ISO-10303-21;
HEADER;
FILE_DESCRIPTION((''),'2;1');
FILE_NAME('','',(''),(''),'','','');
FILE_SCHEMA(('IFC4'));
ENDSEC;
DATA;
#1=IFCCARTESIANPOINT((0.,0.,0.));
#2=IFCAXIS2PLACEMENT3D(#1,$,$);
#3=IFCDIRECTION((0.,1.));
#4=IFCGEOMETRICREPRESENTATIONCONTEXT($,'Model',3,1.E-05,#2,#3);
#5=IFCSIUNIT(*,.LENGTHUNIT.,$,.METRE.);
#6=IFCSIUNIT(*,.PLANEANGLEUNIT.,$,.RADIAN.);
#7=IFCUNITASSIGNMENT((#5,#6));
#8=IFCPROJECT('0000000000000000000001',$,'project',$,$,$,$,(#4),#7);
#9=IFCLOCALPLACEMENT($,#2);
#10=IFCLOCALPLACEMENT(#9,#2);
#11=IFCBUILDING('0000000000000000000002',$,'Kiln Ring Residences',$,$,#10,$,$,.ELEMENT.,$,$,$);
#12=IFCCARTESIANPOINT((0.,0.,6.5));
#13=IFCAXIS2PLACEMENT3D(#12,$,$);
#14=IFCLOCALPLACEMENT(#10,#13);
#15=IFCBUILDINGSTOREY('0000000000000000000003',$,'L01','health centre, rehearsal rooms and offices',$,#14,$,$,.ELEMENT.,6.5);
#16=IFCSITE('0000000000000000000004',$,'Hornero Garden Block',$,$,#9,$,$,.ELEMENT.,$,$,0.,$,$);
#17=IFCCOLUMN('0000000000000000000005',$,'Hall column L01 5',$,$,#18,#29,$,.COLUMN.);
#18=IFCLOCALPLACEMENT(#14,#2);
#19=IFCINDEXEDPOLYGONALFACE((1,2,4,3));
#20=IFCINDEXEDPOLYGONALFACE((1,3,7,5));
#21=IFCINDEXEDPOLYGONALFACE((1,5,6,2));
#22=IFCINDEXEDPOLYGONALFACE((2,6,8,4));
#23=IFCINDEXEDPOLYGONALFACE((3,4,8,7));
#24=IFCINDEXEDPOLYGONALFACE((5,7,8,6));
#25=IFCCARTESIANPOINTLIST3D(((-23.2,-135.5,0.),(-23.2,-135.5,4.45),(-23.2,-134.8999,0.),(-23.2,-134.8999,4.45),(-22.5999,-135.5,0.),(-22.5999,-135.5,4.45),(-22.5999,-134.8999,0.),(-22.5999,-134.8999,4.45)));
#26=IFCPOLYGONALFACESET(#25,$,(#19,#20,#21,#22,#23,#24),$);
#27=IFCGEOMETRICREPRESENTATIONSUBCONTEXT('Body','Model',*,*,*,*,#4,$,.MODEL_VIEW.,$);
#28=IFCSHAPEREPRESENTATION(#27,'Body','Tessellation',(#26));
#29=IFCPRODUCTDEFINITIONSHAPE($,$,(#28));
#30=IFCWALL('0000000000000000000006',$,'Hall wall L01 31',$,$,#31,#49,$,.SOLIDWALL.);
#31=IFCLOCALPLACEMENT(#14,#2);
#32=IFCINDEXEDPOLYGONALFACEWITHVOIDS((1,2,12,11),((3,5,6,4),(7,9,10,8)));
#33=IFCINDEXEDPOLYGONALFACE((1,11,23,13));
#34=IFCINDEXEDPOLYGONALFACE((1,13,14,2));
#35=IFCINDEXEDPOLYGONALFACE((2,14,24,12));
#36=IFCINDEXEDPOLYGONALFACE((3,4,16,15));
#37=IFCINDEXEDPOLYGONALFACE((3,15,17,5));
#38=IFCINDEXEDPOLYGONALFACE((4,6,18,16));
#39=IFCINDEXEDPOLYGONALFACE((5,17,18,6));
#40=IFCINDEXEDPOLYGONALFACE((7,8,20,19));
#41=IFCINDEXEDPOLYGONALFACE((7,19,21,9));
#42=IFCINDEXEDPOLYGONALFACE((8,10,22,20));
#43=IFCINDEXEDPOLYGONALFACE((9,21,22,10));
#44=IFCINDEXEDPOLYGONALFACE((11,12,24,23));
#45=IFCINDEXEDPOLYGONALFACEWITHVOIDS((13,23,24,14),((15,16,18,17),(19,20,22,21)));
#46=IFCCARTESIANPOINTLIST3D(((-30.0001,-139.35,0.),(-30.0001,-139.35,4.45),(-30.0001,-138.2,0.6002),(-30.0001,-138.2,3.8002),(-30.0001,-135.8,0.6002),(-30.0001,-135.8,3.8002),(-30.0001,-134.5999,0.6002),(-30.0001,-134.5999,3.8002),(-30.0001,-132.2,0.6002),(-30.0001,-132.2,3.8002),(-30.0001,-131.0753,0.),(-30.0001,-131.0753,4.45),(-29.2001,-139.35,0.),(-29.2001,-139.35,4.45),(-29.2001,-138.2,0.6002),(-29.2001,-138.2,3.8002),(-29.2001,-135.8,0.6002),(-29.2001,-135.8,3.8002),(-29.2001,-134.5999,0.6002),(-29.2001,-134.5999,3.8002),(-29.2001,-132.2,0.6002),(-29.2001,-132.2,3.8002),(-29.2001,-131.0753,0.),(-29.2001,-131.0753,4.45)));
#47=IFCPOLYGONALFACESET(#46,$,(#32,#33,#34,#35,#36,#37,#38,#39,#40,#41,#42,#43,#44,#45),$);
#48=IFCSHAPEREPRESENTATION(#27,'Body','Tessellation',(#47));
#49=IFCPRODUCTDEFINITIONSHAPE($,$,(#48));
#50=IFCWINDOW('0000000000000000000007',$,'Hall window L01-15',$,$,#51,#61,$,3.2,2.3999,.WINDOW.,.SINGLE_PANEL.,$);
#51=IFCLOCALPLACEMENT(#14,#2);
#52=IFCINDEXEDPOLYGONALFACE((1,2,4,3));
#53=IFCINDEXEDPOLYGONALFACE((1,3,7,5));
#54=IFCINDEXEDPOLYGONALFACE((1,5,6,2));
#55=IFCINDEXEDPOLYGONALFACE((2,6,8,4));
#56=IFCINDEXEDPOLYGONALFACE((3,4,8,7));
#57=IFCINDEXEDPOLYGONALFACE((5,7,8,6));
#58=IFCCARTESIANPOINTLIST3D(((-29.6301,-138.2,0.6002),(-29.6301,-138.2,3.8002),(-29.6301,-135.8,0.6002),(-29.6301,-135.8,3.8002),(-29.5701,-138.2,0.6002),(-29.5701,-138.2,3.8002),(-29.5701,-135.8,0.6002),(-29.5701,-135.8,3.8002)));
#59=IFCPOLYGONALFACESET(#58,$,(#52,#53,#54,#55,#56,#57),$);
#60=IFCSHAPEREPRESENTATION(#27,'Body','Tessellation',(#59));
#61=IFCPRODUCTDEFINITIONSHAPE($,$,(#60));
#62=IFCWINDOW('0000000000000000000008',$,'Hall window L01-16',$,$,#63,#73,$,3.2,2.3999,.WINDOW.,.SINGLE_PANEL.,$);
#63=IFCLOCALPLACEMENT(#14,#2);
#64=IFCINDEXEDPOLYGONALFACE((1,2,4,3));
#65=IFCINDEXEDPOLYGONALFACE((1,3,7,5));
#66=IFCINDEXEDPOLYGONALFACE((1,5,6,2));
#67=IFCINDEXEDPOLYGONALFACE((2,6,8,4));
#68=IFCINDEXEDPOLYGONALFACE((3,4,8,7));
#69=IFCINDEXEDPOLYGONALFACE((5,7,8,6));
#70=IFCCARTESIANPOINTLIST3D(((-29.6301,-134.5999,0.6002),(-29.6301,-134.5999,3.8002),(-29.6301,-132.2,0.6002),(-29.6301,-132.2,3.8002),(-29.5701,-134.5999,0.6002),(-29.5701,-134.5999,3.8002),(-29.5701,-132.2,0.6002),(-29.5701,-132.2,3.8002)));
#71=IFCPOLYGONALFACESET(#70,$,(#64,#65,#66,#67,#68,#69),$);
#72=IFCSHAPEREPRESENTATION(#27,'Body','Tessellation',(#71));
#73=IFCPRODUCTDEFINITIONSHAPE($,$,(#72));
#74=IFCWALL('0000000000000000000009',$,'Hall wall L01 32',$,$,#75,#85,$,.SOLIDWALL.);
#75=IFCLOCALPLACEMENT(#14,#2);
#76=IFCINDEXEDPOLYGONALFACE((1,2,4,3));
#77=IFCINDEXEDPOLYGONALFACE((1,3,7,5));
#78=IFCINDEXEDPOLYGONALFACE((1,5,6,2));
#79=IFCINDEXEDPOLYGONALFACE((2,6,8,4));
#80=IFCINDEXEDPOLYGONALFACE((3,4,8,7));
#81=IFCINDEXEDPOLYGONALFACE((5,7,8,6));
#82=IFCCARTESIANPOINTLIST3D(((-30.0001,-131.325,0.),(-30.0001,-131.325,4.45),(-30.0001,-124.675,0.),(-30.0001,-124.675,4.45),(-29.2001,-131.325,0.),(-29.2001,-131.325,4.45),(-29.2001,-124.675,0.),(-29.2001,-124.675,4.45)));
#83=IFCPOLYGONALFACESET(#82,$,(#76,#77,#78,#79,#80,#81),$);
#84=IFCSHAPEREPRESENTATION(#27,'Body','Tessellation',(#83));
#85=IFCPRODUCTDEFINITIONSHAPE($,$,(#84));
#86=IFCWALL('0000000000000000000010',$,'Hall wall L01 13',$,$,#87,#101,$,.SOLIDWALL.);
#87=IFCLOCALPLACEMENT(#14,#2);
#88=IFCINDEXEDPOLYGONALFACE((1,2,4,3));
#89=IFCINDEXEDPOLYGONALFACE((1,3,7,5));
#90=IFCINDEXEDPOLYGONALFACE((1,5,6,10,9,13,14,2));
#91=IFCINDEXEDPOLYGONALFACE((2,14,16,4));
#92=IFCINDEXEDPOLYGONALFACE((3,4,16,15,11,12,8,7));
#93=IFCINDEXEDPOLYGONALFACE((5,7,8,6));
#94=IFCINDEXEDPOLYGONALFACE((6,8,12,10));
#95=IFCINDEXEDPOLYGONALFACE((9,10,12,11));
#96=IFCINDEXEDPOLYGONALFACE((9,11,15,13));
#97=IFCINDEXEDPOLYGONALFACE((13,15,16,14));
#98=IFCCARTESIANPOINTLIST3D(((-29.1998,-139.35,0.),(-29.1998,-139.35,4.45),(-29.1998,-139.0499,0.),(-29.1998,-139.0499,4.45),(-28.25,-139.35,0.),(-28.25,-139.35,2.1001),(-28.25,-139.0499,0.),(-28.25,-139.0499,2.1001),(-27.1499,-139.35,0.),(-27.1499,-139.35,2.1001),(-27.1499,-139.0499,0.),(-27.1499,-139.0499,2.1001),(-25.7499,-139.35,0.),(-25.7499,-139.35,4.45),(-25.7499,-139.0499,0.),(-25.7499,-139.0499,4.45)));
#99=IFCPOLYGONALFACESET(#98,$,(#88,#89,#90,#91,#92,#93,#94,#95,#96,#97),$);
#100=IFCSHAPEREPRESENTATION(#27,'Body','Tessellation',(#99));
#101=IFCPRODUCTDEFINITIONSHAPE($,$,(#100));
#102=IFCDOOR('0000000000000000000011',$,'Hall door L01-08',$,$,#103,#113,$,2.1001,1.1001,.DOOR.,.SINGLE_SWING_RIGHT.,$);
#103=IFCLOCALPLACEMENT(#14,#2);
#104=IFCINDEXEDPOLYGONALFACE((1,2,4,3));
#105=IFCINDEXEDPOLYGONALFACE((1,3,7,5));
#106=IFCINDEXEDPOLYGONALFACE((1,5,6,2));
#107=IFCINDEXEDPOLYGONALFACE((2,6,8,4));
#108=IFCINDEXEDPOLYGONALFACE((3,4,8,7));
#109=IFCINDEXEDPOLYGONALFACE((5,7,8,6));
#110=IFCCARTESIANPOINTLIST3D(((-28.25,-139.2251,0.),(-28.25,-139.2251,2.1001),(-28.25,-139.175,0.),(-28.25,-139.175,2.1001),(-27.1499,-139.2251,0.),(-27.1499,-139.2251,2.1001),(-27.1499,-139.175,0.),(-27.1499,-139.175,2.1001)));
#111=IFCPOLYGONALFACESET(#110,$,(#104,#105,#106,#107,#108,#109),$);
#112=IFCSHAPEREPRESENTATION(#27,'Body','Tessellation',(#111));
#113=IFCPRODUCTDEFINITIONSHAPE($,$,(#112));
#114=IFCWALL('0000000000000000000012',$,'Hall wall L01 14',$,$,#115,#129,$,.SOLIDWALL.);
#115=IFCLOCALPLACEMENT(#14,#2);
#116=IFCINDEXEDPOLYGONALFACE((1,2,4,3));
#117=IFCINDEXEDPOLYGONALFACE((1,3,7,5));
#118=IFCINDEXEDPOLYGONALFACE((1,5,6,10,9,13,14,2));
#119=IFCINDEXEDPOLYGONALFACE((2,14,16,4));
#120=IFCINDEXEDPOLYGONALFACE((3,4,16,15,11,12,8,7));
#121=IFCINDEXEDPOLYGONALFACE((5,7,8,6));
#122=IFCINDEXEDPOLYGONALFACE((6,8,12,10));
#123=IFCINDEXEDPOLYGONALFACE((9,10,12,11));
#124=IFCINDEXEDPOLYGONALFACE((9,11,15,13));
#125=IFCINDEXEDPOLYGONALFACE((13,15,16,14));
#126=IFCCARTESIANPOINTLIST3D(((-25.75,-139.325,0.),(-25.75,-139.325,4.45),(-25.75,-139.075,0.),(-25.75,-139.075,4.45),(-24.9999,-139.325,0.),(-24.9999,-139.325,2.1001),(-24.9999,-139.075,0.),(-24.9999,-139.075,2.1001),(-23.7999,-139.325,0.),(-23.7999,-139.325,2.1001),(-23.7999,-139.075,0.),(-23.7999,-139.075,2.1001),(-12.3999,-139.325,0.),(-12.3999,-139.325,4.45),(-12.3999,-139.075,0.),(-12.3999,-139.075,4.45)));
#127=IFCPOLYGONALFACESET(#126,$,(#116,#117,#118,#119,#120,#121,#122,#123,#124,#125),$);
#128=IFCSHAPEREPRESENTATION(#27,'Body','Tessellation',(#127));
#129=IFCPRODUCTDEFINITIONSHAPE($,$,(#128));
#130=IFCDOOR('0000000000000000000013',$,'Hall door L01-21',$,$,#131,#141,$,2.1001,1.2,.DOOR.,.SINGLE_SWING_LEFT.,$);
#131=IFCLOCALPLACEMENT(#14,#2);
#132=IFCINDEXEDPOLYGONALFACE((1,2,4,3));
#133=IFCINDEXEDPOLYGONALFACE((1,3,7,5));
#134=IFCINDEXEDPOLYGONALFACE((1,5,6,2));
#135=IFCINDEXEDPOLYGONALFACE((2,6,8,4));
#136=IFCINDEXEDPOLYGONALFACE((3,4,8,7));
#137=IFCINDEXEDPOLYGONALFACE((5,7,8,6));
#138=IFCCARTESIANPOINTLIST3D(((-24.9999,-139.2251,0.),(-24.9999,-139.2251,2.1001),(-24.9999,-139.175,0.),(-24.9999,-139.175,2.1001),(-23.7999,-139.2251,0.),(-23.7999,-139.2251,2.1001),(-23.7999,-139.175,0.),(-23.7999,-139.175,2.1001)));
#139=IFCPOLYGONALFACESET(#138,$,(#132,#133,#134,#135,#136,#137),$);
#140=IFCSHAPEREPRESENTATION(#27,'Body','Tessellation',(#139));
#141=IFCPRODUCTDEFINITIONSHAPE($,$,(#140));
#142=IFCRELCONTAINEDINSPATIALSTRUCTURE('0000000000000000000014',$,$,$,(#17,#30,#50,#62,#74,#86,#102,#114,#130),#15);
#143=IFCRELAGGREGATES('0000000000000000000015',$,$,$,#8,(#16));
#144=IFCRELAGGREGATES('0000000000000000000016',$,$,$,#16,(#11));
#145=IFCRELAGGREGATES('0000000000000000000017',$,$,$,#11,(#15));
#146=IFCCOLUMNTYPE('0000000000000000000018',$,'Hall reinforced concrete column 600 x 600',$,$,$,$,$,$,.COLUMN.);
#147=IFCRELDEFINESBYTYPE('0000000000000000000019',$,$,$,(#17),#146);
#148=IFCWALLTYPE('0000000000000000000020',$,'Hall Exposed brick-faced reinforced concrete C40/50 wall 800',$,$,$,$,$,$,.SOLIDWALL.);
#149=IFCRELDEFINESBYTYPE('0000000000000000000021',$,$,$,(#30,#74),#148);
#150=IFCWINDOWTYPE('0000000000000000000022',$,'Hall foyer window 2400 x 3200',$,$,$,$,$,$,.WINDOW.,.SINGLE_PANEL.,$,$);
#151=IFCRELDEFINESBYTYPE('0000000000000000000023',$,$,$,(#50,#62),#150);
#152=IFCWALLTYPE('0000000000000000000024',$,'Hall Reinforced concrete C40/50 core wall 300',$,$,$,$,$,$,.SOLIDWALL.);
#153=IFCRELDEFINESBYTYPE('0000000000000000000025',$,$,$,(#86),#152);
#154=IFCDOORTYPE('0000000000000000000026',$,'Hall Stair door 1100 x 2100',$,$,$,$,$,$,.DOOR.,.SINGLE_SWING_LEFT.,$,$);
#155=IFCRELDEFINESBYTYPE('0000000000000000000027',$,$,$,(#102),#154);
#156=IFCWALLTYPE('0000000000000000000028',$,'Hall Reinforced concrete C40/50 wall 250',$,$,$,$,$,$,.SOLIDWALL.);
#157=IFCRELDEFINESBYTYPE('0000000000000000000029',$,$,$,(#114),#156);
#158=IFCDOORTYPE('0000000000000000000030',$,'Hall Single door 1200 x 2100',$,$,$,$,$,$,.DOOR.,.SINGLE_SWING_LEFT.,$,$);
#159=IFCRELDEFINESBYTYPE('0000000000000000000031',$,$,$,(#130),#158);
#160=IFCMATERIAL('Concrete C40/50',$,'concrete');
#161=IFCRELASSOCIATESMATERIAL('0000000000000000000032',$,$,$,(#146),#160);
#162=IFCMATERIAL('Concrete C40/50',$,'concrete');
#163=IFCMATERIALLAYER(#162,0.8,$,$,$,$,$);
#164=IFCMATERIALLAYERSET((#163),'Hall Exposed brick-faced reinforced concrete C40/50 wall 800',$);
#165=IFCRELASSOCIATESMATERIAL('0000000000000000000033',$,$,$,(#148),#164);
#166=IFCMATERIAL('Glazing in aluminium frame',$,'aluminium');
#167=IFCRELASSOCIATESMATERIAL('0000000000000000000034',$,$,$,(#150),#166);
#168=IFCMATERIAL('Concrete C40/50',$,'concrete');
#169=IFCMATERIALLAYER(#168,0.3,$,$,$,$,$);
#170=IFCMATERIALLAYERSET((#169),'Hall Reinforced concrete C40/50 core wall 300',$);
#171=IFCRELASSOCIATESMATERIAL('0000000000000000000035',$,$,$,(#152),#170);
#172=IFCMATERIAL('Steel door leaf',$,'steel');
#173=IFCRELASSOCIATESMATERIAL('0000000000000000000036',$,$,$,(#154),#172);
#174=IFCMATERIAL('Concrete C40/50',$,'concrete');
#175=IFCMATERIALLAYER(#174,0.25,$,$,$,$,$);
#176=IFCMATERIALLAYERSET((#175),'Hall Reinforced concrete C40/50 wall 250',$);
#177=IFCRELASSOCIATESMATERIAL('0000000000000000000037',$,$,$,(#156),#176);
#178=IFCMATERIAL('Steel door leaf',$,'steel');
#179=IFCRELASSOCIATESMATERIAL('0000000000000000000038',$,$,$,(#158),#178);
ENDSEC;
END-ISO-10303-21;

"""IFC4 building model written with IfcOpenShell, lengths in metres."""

from ifc_helpers import new_model, si_unit, direction, frame, frame_2d, origin, origin_2d, place, context, subcontext, project, spatial, rectangle, extrude, material, layer, layer_set, material_profile, profile_set, type_object, element, fill, save


model = new_model("IFC4")

# Units and contexts
model_context = context("Model", 3, precision=1e-05, world=origin(), true_north=direction((0.0, 1.0)))
body_context = subcontext(model_context, "Body", "Model", "MODEL_VIEW")
ifc_project = project(units=[si_unit("LENGTHUNIT", "METRE"), si_unit("PLANEANGLEUNIT", "RADIAN")], contexts=[model_context])

# Site, building, storey
site_placement = place(None, origin())
site = spatial("IfcSite", under=ifc_project, at=site_placement, Name="Hornero Garden Block", CompositionType="ELEMENT", RefElevation=0.0)
building_placement = place(site_placement, origin())
building = spatial("IfcBuilding", under=site, at=building_placement, Name="Kiln Ring Residences", CompositionType="ELEMENT")
storey_placement = place(building_placement, frame((0.0, 0.0, 6.5)))
storey = spatial("IfcBuildingStorey", under=building, at=storey_placement, Name="L01", Description="health centre, rehearsal rooms and offices", CompositionType="ELEMENT", Elevation=6.5)

# Column
ifc_material_1 = material(Name="Concrete C40/50", Category="concrete")
ifc_material_profile = material_profile(ifc_material_1, rectangle(XDim=0.6001, YDim=0.6001, at=origin_2d()), Name="Hall reinforced concrete column 600 x 600")
ifc_profile_set = profile_set([ifc_material_profile], Name="Concrete C40/50")
column_type = type_object("IfcColumnType", Name="Hall reinforced concrete column 600 x 600", PredefinedType="COLUMN", material=ifc_profile_set)
column_placement = place(storey_placement, frame((-22.8999, -135.2, 0.0), z_axis=(0.0, 0.0, 1.0), x_axis=(1.0, 0.0, 0.0)))
element("IfcColumn", 1, at=column_placement, inside=storey, type_object=column_type, Name="Hall column L01 5", PredefinedType="COLUMN", context=body_context, shape_type="SweptSolid", body=[
    extrude(rectangle(XDim=0.6001, YDim=0.6001, at=origin_2d()), origin(), (0.0, 0.0, 1.0), 4.45),
])

# Wall, openings, windows
ifc_material_2 = material(Name="Concrete C40/50", Category="concrete")
ifc_layer_1 = layer(ifc_material_2, 0.8)
ifc_layer_set_1 = layer_set([ifc_layer_1], Name="Hall Exposed brick-faced reinforced concrete C40/50 wall 800")
wall_type_1 = type_object("IfcWallType", Name="Hall Exposed brick-faced reinforced concrete C40/50 wall 800", PredefinedType="SOLIDWALL", material=ifc_layer_set_1)
wall_1_placement = place(storey_placement, frame((-29.6001, -139.3499, 0.0), z_axis=(0.0, 0.0, 1.0), x_axis=(0.0, 1.0, 0.0)))
wall_1 = element("IfcWall", 2, at=wall_1_placement, inside=storey, type_object=wall_type_1, Name="Hall wall L01 31", PredefinedType="SOLIDWALL", context=body_context, shape_type="SweptSolid", body=[
    extrude(rectangle(XDim=8.2747, YDim=0.8, at=frame_2d((4.1372, 0.0))), origin(), (0.0, 0.0, 1.0), 4.45),
])
opening_1_placement = place(wall_1_placement, frame((1.1499, 0.0, 0.6001)))
opening_1 = element("IfcOpeningElement", 3, at=opening_1_placement, cuts=wall_1, PredefinedType="OPENING", context=body_context, shape_type="SweptSolid", body=[
    extrude(rectangle(XDim=2.3999, YDim=3.2, at=frame_2d((1.2, 1.6001))), frame((0.0, 0.4099, 0.0), z_axis=(0.0, -1.0, 0.0), x_axis=(1.0, 0.0, 0.0)), (0.0, 0.0, 1.0), 0.8201),
])
opening_2_placement = place(wall_1_placement, frame((4.75, 0.0, 0.6001)))
opening_2 = element("IfcOpeningElement", 4, at=opening_2_placement, cuts=wall_1, PredefinedType="OPENING", context=body_context, shape_type="SweptSolid", body=[
    extrude(rectangle(XDim=2.3999, YDim=3.2, at=frame_2d((1.2, 1.6001))), frame((0.0, 0.4099, 0.0), z_axis=(0.0, -1.0, 0.0), x_axis=(1.0, 0.0, 0.0)), (0.0, 0.0, 1.0), 0.8201),
])
ifc_material_3 = material(Name="Glazing in aluminium frame", Category="aluminium")
window_type = type_object("IfcWindowType", Name="Hall foyer window 2400 x 3200", PartitioningType="SINGLE_PANEL", PredefinedType="WINDOW", material=ifc_material_3)
window_1_placement = place(opening_1_placement, origin())
window_1 = element("IfcWindow", 5, at=window_1_placement, inside=storey, type_object=window_type, Name="Hall window L01-15", OverallHeight=3.2, OverallWidth=2.3999, PartitioningType="SINGLE_PANEL", PredefinedType="WINDOW", context=body_context, shape_type="SweptSolid", body=[
    extrude(rectangle(XDim=2.3999, YDim=3.2, at=frame_2d((1.2, 1.6001))), frame((0.0, 0.03, 0.0), z_axis=(0.0, -1.0, 0.0), x_axis=(1.0, 0.0, 0.0)), (0.0, 0.0, 1.0), 0.0601),
])
fill(opening_1, window_1)
window_2_placement = place(opening_2_placement, origin())
window_2 = element("IfcWindow", 6, at=window_2_placement, inside=storey, type_object=window_type, Name="Hall window L01-16", OverallHeight=3.2, OverallWidth=2.3999, PartitioningType="SINGLE_PANEL", PredefinedType="WINDOW", context=body_context, shape_type="SweptSolid", body=[
    extrude(rectangle(XDim=2.3999, YDim=3.2, at=frame_2d((1.2, 1.6001))), frame((0.0, 0.03, 0.0), z_axis=(0.0, -1.0, 0.0), x_axis=(1.0, 0.0, 0.0)), (0.0, 0.0, 1.0), 0.0601),
])
fill(opening_2, window_2)

# Wall
wall_2_placement = place(storey_placement, frame((-29.6001, -131.325, 0.0), z_axis=(0.0, 0.0, 1.0), x_axis=(0.0, 1.0, 0.0)))
element("IfcWall", 7, at=wall_2_placement, inside=storey, type_object=wall_type_1, Name="Hall wall L01 32", PredefinedType="SOLIDWALL", context=body_context, shape_type="SweptSolid", body=[
    extrude(rectangle(XDim=6.6499, YDim=0.8, at=frame_2d((3.325, 0.0))), origin(), (0.0, 0.0, 1.0), 4.45),
])

# Walls, openings, doors
ifc_material_4 = material(Name="Concrete C40/50", Category="concrete")
ifc_layer_2 = layer(ifc_material_4, 0.3)
ifc_layer_set_2 = layer_set([ifc_layer_2], Name="Hall Reinforced concrete C40/50 core wall 300")
wall_type_2 = type_object("IfcWallType", Name="Hall Reinforced concrete C40/50 core wall 300", PredefinedType="SOLIDWALL", material=ifc_layer_set_2)
wall_3_placement = place(storey_placement, frame((-29.2, -139.2, 0.0), z_axis=(0.0, 0.0, 1.0), x_axis=(1.0, 0.0, 0.0)))
wall_3 = element("IfcWall", 8, at=wall_3_placement, inside=storey, type_object=wall_type_2, Name="Hall wall L01 13", PredefinedType="SOLIDWALL", context=body_context, shape_type="SweptSolid", body=[
    extrude(rectangle(XDim=3.45, YDim=0.3, at=frame_2d((1.7251, 0.0))), origin(), (0.0, 0.0, 1.0), 4.45),
])
opening_3_placement = place(wall_3_placement, frame((0.95, 0.0, 0.0)))
opening_3 = element("IfcOpeningElement", 9, at=opening_3_placement, cuts=wall_3, PredefinedType="OPENING", context=body_context, shape_type="SweptSolid", body=[
    extrude(rectangle(XDim=1.1001, YDim=2.1001, at=frame_2d((0.55, 1.05))), frame((0.0, 0.1599, 0.0), z_axis=(0.0, -1.0, 0.0), x_axis=(1.0, 0.0, 0.0)), (0.0, 0.0, 1.0), 0.3201),
])
ifc_material_5 = material(Name="Steel door leaf", Category="steel")
door_type_1 = type_object("IfcDoorType", Name="Hall Stair door 1100 x 2100", OperationType="SINGLE_SWING_LEFT", PredefinedType="DOOR", material=ifc_material_5)
door_1_placement = place(opening_3_placement, origin())
door_1 = element("IfcDoor", 10, at=door_1_placement, inside=storey, type_object=door_type_1, Name="Hall door L01-08", OperationType="SINGLE_SWING_RIGHT", OverallHeight=2.1001, OverallWidth=1.1001, PredefinedType="DOOR", context=body_context, shape_type="SweptSolid", body=[
    extrude(rectangle(XDim=1.1001, YDim=2.1001, at=frame_2d((0.55, 1.05))), frame((0.0, 0.0249, 0.0), z_axis=(0.0, -1.0, 0.0), x_axis=(1.0, 0.0, 0.0)), (0.0, 0.0, 1.0), 0.05),
])
fill(opening_3, door_1)
ifc_material_6 = material(Name="Concrete C40/50", Category="concrete")
ifc_layer_3 = layer(ifc_material_6, 0.25)
ifc_layer_set_3 = layer_set([ifc_layer_3], Name="Hall Reinforced concrete C40/50 wall 250")
wall_type_3 = type_object("IfcWallType", Name="Hall Reinforced concrete C40/50 wall 250", PredefinedType="SOLIDWALL", material=ifc_layer_set_3)
wall_4_placement = place(storey_placement, frame((-25.75, -139.2, 0.0), z_axis=(0.0, 0.0, 1.0), x_axis=(1.0, 0.0, 0.0)))
wall_4 = element("IfcWall", 11, at=wall_4_placement, inside=storey, type_object=wall_type_3, Name="Hall wall L01 14", PredefinedType="SOLIDWALL", context=body_context, shape_type="SweptSolid", body=[
    extrude(rectangle(XDim=13.3501, YDim=0.25, at=frame_2d((6.675, 0.0))), origin(), (0.0, 0.0, 1.0), 4.45),
])
opening_4_placement = place(wall_4_placement, frame((0.75, 0.0, 0.0)))
opening_4 = element("IfcOpeningElement", 12, at=opening_4_placement, cuts=wall_4, PredefinedType="OPENING", context=body_context, shape_type="SweptSolid", body=[
    extrude(rectangle(XDim=1.2, YDim=2.1001, at=frame_2d((0.6001, 1.05))), frame((0.0, 0.135, 0.0), z_axis=(0.0, -1.0, 0.0), x_axis=(1.0, 0.0, 0.0)), (0.0, 0.0, 1.0), 0.27),
])
ifc_material_7 = material(Name="Steel door leaf", Category="steel")
door_type_2 = type_object("IfcDoorType", Name="Hall Single door 1200 x 2100", OperationType="SINGLE_SWING_LEFT", PredefinedType="DOOR", material=ifc_material_7)
door_2_placement = place(opening_4_placement, origin())
door_2 = element("IfcDoor", 13, at=door_2_placement, inside=storey, type_object=door_type_2, Name="Hall door L01-21", OperationType="SINGLE_SWING_LEFT", OverallHeight=2.1001, OverallWidth=1.2, PredefinedType="DOOR", context=body_context, shape_type="SweptSolid", body=[
    extrude(rectangle(XDim=1.2, YDim=2.1001, at=frame_2d((0.6001, 1.05))), frame((0.0, 0.0249, 0.0), z_axis=(0.0, -1.0, 0.0), x_axis=(1.0, 0.0, 0.0)), (0.0, 0.0, 1.0), 0.05),
])
fill(opening_4, door_2)

save(model, "model.ifc")
